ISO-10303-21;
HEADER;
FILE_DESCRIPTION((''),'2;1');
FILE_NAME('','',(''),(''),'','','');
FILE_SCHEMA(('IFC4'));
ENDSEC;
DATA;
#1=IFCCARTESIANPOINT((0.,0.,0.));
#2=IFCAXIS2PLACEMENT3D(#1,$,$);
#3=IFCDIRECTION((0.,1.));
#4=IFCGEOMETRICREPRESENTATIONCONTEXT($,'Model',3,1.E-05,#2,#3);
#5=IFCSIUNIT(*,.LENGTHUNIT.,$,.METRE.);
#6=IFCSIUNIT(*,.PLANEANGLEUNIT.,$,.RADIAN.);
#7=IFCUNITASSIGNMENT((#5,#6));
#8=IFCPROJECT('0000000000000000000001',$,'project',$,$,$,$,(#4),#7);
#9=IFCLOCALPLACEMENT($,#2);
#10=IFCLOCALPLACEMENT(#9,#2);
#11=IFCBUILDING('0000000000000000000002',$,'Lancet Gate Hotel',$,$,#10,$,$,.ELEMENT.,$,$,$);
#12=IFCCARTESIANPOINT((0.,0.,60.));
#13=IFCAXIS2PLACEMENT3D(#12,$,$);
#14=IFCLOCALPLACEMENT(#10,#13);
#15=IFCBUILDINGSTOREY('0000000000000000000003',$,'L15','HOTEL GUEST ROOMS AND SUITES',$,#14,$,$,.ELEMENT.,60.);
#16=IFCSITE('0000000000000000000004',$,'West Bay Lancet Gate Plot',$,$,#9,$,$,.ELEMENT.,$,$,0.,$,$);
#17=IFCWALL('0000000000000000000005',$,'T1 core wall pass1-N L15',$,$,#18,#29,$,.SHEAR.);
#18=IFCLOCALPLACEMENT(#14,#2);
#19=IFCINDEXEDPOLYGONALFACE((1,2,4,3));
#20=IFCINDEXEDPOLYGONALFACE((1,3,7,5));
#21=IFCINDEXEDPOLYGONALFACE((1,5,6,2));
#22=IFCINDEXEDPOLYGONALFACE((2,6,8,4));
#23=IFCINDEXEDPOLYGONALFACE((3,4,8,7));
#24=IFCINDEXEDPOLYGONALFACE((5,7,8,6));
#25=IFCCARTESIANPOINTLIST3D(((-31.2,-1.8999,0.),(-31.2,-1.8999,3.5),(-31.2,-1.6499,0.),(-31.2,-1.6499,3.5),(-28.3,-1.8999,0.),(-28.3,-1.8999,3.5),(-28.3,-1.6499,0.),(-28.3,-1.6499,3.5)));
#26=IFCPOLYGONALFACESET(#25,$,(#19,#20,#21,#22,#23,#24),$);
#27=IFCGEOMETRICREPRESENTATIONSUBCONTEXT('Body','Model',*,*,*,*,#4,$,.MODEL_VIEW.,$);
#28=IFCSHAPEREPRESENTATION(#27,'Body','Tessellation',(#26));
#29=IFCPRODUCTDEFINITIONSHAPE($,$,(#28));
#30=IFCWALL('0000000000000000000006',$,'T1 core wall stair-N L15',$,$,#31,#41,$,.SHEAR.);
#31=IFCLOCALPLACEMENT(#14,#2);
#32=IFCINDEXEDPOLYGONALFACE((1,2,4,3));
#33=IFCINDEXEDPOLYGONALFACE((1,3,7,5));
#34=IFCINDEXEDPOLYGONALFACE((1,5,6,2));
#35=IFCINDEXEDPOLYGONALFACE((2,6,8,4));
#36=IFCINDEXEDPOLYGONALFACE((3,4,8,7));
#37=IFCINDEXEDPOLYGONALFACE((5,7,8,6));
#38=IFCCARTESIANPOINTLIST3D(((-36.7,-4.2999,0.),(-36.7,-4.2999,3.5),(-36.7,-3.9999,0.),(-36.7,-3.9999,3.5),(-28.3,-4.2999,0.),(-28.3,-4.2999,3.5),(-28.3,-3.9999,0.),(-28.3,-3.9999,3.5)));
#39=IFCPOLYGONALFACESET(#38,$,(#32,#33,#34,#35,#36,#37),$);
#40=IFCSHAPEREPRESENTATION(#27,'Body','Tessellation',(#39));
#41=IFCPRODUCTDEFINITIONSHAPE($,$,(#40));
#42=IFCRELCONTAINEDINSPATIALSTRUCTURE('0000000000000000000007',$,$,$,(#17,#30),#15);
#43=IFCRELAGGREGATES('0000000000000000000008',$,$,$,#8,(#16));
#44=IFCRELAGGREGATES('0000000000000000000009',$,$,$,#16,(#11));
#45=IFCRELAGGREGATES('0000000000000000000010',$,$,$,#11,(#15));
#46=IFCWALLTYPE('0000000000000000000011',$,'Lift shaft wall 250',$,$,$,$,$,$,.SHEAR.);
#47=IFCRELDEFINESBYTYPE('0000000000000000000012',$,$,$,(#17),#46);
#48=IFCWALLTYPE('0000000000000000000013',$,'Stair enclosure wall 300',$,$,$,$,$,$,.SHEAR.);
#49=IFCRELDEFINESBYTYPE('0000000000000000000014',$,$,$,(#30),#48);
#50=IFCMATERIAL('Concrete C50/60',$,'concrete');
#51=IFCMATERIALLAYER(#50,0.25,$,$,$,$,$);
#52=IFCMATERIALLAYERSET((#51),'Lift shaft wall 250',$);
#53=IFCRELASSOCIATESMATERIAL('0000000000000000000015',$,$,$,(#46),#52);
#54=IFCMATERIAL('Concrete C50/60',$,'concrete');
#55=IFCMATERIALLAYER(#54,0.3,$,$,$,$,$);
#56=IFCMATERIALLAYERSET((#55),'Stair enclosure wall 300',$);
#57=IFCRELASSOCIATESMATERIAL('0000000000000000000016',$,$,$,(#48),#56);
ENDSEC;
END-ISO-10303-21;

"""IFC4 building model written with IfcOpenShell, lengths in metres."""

from ifc_helpers import new_model, si_unit, direction, frame, frame_2d, origin, place, context, subcontext, project, spatial, rectangle, extrude, material, layer, layer_set, type_object, element, save


model = new_model("IFC4")

# Units and contexts
model_context = context("Model", 3, precision=1e-05, world=origin(), true_north=direction((0.0, 1.0)))
body_context = subcontext(model_context, "Body", "Model", "MODEL_VIEW")
ifc_project = project(units=[si_unit("LENGTHUNIT", "METRE"), si_unit("PLANEANGLEUNIT", "RADIAN")], contexts=[model_context])

# Site, building, storey
site_placement = place(None, origin())
site = spatial("IfcSite", under=ifc_project, at=site_placement, Name="West Bay Lancet Gate Plot", CompositionType="ELEMENT", RefElevation=0.0)
building_placement = place(site_placement, origin())
building = spatial("IfcBuilding", under=site, at=building_placement, Name="Lancet Gate Hotel", CompositionType="ELEMENT")
storey_placement = place(building_placement, frame((0.0, 0.0, 60.0)))
storey = spatial("IfcBuildingStorey", under=building, at=storey_placement, Name="L15", Description="HOTEL GUEST ROOMS AND SUITES", CompositionType="ELEMENT", Elevation=60.0)

# Walls
ifc_material_1 = material(Name="Concrete C50/60", Category="concrete")
ifc_layer_1 = layer(ifc_material_1, 0.25)
ifc_layer_set_1 = layer_set([ifc_layer_1], Name="Lift shaft wall 250")
wall_type_1 = type_object("IfcWallType", Name="Lift shaft wall 250", PredefinedType="SHEAR", material=ifc_layer_set_1)
wall_1_placement = place(storey_placement, frame((-28.3, -1.7749, 0.0), z_axis=(0.0, 0.0, 1.0), x_axis=(-1.0, 0.0, 0.0)))
element("IfcWall", 1, at=wall_1_placement, inside=storey, type_object=wall_type_1, Name="T1 core wall pass1-N L15", PredefinedType="SHEAR", context=body_context, shape_type="SweptSolid", body=[
    extrude(rectangle(XDim=2.8999, YDim=0.25, at=frame_2d((1.45, 0.0))), origin(), (0.0, 0.0, 1.0), 3.5),
])
ifc_material_2 = material(Name="Concrete C50/60", Category="concrete")
ifc_layer_2 = layer(ifc_material_2, 0.3)
ifc_layer_set_2 = layer_set([ifc_layer_2], Name="Stair enclosure wall 300")
wall_type_2 = type_object("IfcWallType", Name="Stair enclosure wall 300", PredefinedType="SHEAR", material=ifc_layer_set_2)
wall_2_placement = place(storey_placement, frame((-28.3, -4.1499, 0.0), z_axis=(0.0, 0.0, 1.0), x_axis=(-1.0, 0.0, 0.0)))
element("IfcWall", 2, at=wall_2_placement, inside=storey, type_object=wall_type_2, Name="T1 core wall stair-N L15", PredefinedType="SHEAR", context=body_context, shape_type="SweptSolid", body=[
    extrude(rectangle(XDim=8.3999, YDim=0.3, at=frame_2d((4.2, 0.0))), origin(), (0.0, 0.0, 1.0), 3.5),
])

save(model, "model.ifc")
